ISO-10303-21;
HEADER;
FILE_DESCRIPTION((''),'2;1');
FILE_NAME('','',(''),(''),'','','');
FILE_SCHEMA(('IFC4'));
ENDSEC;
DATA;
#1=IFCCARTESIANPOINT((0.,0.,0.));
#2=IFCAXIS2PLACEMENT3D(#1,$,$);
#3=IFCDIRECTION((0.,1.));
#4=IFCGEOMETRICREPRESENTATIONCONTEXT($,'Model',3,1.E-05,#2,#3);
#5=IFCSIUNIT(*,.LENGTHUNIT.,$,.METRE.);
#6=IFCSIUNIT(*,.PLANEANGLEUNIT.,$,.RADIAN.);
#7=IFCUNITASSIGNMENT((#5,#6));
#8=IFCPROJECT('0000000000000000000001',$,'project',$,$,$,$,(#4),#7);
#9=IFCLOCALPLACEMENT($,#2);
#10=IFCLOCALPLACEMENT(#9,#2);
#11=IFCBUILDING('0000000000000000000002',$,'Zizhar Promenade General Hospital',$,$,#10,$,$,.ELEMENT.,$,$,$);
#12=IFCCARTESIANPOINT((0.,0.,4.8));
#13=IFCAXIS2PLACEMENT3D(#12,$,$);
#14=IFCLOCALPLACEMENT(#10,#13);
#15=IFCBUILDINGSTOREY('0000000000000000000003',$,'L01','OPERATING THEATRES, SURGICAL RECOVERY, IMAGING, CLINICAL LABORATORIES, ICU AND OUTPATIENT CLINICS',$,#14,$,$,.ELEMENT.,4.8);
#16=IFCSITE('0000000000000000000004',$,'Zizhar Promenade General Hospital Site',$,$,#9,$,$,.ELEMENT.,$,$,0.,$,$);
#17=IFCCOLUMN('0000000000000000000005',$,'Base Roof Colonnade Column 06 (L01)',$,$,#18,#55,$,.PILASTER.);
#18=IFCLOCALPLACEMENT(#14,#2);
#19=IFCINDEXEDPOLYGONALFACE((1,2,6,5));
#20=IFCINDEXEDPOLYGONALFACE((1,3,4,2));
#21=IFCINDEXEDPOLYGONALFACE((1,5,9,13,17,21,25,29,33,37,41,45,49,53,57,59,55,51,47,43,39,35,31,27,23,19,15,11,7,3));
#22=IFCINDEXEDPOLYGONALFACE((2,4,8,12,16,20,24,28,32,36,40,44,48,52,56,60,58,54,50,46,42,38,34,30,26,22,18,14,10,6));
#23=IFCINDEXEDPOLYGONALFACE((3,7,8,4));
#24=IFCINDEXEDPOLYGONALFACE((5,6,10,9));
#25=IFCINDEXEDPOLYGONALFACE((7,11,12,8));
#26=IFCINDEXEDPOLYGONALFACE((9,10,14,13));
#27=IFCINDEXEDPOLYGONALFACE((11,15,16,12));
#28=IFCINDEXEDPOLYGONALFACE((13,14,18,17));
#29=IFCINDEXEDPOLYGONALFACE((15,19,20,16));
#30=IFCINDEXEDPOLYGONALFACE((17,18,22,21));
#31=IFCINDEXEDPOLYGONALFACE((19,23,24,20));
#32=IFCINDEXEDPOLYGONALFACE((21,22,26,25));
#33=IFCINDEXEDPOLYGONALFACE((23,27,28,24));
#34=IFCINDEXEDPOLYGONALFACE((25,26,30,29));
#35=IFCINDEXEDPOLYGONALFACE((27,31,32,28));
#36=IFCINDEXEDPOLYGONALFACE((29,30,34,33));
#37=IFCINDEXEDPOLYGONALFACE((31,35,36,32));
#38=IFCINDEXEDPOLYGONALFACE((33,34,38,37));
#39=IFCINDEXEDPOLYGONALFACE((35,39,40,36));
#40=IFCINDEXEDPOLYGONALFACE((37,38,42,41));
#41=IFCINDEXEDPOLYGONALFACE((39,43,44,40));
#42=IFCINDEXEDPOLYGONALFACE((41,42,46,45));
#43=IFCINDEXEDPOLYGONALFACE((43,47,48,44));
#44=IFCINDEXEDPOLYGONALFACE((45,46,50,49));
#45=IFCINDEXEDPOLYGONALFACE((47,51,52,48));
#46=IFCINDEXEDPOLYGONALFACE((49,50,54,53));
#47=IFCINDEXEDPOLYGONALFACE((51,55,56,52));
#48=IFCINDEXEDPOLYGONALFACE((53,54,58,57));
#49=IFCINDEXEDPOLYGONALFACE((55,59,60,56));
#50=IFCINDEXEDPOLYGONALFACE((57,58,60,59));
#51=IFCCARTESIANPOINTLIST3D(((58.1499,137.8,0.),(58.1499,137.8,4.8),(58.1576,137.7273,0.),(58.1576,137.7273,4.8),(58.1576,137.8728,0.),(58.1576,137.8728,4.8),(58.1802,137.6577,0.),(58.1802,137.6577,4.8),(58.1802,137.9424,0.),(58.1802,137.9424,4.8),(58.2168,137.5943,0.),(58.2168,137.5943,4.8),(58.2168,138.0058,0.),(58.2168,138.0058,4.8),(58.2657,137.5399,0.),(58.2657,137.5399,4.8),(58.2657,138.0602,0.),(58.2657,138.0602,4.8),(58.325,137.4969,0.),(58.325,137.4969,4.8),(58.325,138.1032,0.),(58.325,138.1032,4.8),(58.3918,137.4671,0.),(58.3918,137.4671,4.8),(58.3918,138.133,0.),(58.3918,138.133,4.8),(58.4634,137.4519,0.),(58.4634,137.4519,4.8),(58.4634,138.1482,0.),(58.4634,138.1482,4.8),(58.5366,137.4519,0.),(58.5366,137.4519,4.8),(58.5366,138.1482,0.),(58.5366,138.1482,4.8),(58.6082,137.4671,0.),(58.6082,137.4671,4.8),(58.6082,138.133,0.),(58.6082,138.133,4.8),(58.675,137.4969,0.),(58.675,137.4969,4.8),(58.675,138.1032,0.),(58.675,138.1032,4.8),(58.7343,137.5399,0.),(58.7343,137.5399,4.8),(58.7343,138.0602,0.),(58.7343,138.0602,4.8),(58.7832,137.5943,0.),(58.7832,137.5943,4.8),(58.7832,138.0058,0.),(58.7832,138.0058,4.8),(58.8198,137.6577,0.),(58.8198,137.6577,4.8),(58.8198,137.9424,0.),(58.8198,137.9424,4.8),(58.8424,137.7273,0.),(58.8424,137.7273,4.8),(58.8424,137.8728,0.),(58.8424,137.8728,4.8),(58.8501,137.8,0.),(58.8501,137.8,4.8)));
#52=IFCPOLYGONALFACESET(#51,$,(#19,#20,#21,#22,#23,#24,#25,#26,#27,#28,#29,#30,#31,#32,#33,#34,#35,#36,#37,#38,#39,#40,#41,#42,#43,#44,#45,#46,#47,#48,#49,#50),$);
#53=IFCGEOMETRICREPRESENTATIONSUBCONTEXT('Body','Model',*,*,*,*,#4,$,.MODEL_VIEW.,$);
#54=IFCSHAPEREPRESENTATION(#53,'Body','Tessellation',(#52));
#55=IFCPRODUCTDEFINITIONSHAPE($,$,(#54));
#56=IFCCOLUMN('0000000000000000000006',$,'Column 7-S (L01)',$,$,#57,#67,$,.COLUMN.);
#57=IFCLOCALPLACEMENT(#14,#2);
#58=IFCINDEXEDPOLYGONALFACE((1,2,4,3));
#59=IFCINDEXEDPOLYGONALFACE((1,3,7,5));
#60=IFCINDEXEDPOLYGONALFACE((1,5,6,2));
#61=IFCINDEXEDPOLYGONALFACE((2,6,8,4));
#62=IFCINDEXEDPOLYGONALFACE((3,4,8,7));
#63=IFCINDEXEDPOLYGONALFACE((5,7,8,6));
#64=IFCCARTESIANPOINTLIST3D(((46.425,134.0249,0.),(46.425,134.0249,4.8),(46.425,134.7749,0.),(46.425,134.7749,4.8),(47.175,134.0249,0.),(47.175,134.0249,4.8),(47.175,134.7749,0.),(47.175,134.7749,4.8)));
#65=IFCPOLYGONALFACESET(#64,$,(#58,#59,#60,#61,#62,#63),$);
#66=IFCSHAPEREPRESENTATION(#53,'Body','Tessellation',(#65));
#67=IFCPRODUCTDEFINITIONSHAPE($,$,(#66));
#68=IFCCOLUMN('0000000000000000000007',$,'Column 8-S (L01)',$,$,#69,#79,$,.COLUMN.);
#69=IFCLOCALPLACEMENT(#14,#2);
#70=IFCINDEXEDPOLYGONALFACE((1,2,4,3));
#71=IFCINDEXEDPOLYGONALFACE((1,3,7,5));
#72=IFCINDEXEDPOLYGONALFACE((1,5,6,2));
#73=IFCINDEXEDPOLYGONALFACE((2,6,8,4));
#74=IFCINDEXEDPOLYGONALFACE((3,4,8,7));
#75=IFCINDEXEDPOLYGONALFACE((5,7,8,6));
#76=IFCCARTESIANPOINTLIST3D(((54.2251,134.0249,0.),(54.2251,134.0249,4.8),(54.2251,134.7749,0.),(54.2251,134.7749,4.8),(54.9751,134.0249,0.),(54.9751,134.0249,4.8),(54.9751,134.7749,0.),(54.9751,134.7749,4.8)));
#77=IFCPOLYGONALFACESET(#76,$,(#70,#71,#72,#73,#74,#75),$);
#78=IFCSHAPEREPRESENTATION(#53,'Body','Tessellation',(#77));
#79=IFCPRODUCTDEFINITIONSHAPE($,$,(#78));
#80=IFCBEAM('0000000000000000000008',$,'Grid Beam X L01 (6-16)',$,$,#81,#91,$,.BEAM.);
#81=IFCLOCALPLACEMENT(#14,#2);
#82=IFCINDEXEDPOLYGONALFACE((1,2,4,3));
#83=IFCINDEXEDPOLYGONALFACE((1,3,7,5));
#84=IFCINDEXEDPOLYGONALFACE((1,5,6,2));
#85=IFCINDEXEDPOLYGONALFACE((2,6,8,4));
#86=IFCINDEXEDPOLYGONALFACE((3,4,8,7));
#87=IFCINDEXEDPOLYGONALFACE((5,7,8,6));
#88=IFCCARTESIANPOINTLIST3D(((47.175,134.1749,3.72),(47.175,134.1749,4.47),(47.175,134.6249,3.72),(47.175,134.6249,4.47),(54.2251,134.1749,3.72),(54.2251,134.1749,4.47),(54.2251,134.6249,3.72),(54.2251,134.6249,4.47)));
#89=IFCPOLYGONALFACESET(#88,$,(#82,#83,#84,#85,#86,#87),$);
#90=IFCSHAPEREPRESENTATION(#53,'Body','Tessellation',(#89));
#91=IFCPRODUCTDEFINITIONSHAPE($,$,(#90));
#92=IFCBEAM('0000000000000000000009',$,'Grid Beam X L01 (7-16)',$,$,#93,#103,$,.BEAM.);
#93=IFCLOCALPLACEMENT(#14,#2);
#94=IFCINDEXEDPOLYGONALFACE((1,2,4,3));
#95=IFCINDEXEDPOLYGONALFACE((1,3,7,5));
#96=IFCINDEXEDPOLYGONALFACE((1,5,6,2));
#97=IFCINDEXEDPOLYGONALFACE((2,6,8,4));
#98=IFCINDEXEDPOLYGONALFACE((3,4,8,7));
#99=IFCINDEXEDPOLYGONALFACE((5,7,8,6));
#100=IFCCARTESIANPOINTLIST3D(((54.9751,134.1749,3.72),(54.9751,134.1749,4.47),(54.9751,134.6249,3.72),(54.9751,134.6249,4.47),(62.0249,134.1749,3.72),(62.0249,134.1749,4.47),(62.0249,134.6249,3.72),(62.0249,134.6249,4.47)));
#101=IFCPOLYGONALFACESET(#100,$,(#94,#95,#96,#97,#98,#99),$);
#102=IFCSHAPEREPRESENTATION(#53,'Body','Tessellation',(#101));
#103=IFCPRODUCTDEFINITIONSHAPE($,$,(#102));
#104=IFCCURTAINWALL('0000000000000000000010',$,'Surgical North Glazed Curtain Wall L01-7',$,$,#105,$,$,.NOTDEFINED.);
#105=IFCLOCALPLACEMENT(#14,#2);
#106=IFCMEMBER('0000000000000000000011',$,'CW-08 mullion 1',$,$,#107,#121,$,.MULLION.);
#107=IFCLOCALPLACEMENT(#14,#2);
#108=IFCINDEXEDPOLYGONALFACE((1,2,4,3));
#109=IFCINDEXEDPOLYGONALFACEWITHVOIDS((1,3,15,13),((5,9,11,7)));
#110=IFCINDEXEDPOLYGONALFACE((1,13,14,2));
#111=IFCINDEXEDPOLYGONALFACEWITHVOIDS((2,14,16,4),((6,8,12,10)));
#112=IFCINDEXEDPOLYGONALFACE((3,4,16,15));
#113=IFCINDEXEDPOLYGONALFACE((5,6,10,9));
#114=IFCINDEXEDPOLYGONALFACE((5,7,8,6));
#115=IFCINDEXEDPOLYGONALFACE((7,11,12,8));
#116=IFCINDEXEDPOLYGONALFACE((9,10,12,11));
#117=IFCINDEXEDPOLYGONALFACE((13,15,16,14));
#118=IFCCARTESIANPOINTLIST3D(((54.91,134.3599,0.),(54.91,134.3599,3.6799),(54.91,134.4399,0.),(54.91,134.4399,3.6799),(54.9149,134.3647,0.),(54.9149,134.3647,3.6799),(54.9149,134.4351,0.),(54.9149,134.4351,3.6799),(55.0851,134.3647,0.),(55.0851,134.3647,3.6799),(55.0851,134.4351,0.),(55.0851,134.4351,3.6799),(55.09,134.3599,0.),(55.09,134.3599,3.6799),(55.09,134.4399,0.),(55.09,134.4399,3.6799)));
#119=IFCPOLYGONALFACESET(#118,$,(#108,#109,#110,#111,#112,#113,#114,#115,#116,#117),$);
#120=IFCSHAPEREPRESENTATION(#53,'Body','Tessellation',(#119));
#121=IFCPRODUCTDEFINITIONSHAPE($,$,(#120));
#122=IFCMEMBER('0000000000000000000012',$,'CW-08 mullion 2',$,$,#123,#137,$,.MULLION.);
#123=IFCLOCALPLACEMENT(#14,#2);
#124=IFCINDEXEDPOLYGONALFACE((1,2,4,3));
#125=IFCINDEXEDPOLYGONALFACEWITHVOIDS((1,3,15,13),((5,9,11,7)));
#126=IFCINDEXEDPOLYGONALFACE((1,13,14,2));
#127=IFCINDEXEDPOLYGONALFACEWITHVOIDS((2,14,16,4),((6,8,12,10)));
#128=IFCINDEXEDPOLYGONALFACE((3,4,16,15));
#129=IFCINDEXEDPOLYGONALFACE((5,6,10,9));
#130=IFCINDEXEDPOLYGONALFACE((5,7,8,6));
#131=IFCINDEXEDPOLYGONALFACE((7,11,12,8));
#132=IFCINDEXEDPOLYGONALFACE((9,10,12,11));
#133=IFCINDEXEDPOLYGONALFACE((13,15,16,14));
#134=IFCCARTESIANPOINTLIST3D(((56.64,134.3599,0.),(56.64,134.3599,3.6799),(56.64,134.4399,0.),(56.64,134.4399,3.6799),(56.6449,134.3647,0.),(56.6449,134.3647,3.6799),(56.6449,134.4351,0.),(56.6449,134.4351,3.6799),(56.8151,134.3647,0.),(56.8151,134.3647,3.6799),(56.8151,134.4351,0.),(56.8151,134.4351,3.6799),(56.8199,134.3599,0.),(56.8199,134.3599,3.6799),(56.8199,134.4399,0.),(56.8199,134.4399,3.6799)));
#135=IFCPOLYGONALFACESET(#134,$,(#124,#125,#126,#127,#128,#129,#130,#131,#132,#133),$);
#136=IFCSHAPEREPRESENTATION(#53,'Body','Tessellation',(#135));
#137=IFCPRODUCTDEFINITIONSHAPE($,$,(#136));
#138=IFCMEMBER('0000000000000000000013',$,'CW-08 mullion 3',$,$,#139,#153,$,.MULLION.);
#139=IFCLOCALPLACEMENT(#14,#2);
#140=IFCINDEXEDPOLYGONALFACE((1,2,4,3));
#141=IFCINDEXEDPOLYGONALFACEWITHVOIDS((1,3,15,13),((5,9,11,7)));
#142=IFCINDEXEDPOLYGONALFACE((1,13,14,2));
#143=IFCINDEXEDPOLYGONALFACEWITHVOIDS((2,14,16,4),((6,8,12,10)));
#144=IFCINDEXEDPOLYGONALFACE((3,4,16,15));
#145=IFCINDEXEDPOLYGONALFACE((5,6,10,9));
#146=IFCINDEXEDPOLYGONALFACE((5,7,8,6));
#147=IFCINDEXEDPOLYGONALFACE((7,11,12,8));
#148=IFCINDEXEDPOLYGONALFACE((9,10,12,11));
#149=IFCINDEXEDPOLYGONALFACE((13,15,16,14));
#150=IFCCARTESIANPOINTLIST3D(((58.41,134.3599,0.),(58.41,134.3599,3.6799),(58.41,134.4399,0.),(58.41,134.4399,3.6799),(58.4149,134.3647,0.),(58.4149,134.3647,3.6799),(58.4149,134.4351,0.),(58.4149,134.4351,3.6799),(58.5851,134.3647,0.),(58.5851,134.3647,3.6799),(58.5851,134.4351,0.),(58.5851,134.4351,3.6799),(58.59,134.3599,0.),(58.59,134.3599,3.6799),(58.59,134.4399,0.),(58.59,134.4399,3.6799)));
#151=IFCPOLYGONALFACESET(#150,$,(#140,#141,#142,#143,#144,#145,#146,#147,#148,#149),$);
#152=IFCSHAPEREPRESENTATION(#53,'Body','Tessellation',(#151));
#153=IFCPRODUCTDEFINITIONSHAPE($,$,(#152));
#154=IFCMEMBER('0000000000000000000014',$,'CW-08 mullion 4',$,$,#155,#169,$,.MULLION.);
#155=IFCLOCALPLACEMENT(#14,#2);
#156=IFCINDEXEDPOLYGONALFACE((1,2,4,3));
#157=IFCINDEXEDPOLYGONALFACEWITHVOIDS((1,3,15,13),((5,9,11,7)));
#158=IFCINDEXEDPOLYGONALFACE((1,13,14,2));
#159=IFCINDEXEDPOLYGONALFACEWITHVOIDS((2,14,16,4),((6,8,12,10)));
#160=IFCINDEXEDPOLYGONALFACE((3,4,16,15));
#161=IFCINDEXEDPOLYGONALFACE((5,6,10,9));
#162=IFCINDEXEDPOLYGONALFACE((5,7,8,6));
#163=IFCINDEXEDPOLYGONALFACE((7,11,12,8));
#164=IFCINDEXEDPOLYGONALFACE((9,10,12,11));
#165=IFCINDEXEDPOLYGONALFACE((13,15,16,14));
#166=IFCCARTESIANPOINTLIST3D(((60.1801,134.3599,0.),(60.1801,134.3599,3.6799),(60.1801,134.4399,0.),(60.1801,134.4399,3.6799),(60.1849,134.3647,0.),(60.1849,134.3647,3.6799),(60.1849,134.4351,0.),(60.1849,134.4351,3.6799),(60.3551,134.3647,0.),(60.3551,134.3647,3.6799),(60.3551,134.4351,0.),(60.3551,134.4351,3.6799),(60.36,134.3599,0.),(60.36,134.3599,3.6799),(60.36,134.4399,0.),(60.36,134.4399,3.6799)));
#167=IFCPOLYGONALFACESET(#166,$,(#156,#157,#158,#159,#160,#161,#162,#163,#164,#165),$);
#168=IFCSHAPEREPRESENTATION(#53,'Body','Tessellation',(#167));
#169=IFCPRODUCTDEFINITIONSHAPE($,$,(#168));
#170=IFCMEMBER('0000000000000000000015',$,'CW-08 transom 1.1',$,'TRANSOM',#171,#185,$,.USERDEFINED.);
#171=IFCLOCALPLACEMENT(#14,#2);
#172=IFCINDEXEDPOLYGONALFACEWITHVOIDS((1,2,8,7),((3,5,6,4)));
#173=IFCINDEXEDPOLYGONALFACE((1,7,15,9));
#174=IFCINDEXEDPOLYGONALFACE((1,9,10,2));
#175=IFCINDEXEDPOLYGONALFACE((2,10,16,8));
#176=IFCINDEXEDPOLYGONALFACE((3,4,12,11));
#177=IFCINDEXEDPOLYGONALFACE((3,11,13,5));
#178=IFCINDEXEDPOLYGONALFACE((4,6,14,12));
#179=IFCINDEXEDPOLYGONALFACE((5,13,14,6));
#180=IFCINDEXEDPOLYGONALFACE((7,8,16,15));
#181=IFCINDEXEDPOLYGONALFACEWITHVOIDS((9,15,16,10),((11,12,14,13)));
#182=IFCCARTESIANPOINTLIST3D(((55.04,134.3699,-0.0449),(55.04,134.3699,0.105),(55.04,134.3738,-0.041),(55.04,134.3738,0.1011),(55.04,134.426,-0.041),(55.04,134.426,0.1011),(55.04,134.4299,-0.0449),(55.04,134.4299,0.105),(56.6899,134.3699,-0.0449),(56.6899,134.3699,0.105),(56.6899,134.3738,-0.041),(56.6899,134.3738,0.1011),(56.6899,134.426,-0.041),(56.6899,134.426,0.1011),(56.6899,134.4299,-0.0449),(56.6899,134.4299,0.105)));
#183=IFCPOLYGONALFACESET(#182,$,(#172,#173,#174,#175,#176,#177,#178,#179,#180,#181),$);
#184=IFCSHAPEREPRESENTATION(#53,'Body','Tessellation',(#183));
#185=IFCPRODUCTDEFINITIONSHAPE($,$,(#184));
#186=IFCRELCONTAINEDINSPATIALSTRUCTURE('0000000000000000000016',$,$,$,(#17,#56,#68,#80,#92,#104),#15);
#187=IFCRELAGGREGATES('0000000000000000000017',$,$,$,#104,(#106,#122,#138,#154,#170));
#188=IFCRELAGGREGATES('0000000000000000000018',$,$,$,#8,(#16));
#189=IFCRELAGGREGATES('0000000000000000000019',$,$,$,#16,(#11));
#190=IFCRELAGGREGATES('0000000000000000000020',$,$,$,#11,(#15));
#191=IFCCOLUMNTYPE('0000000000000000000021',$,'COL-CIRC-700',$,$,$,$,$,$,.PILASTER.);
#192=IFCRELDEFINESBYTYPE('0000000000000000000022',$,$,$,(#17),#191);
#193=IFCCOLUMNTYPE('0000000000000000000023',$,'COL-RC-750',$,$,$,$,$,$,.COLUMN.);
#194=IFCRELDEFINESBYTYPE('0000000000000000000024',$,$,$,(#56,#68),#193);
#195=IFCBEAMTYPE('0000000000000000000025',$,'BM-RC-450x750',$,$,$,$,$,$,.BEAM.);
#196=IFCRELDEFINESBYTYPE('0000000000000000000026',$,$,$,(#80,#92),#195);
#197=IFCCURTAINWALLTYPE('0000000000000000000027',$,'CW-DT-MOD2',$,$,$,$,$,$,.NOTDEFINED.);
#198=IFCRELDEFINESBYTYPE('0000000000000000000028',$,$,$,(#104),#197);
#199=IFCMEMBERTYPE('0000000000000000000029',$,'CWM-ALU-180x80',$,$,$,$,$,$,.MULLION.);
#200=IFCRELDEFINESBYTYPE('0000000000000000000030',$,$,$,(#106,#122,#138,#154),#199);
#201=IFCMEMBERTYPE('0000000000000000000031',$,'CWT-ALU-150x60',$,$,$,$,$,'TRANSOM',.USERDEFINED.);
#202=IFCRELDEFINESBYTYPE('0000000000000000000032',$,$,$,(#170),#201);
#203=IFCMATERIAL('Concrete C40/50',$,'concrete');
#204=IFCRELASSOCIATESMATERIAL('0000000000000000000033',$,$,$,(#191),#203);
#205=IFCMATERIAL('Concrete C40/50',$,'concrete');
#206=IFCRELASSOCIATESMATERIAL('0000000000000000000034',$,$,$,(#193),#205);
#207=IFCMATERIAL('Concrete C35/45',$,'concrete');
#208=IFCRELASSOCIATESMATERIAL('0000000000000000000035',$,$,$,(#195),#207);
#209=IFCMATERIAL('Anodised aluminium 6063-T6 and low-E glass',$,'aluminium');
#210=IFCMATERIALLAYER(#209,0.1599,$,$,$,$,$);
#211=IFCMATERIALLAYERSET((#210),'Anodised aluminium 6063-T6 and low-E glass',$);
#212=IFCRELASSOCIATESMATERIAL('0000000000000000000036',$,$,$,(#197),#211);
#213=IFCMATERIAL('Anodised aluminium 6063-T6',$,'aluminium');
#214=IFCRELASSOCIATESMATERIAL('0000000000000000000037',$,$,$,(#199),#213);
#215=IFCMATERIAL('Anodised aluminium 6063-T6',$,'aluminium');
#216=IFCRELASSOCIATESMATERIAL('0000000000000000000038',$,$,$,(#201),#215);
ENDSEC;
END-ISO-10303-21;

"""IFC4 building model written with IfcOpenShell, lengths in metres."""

from ifc_helpers import new_model, si_unit, direction, frame, origin, origin_2d, place, context, subcontext, project, spatial, rectangle, hollow_rectangle, circle, extrude, material, layer, layer_set, material_profile, profile_set, type_object, element, aggregate, save


model = new_model("IFC4")

# Units and contexts
model_context = context("Model", 3, precision=1e-05, world=origin(), true_north=direction((0.0, 1.0)))
body_context = subcontext(model_context, "Body", "Model", "MODEL_VIEW")
ifc_project = project(units=[si_unit("LENGTHUNIT", "METRE"), si_unit("PLANEANGLEUNIT", "RADIAN")], contexts=[model_context])

# Site, building, storey
site_placement = place(None, origin())
site = spatial("IfcSite", under=ifc_project, at=site_placement, Name="Zizhar Promenade General Hospital Site", CompositionType="ELEMENT", RefElevation=0.0)
building_placement = place(site_placement, origin())
building = spatial("IfcBuilding", under=site, at=building_placement, Name="Zizhar Promenade General Hospital", CompositionType="ELEMENT")
storey_placement = place(building_placement, frame((0.0, 0.0, 4.8)))
storey = spatial("IfcBuildingStorey", under=building, at=storey_placement, Name="L01", Description="OPERATING THEATRES, SURGICAL RECOVERY, IMAGING, CLINICAL LABORATORIES, ICU AND OUTPATIENT CLINICS", CompositionType="ELEMENT", Elevation=4.8)

# Columns
ifc_material_1 = material(Name="Concrete C40/50", Category="concrete")
ifc_material_profile_1 = material_profile(ifc_material_1, circle(Radius=0.3501, at=origin_2d()))
ifc_profile_set_1 = profile_set([ifc_material_profile_1], Name="Concrete C40/50")
column_type_1 = type_object("IfcColumnType", Name="COL-CIRC-700", PredefinedType="PILASTER", material=ifc_profile_set_1)
column_placement = place(storey_placement, frame((58.5, 137.8, 0.0), z_axis=(0.0, 0.0, 1.0), x_axis=(1.0, 0.0, 0.0)))
element("IfcColumn", 1, at=column_placement, inside=storey, type_object=column_type_1, Name="Base Roof Colonnade Column 06 (L01)", PredefinedType="PILASTER", context=body_context, shape_type="SweptSolid", body=[
    extrude(circle(Radius=0.3501, at=origin_2d()), origin(), (0.0, 0.0, 1.0), 4.8),
])
ifc_material_2 = material(Name="Concrete C40/50", Category="concrete")
ifc_material_profile_2 = material_profile(ifc_material_2, rectangle(XDim=0.75, YDim=0.75, at=origin_2d()))
ifc_profile_set_2 = profile_set([ifc_material_profile_2], Name="Concrete C40/50")
column_type_2 = type_object("IfcColumnType", Name="COL-RC-750", PredefinedType="COLUMN", material=ifc_profile_set_2)
for number, where, z_axis, x_axis, name in (
    (2, (46.8, 134.3999, 0.0), (0.0, 0.0, 1.0), (1.0, 0.0, 0.0), "Column 7-S (L01)"),
    (3, (54.6001, 134.3999, 0.0), (0.0, 0.0, 1.0), (1.0, 0.0, 0.0), "Column 8-S (L01)"),
):
    element("IfcColumn", number, at=place(storey_placement, frame(where, z_axis=z_axis, x_axis=x_axis)), inside=storey, type_object=column_type_2, Name=name, PredefinedType="COLUMN", context=body_context, shape_type="SweptSolid", body=[
        extrude(rectangle(XDim=0.75, YDim=0.75, at=origin_2d()), origin(), (0.0, 0.0, 1.0), 4.8),
    ])

# Beams
ifc_material_3 = material(Name="Concrete C35/45", Category="concrete")
ifc_material_profile_3 = material_profile(ifc_material_3, rectangle(XDim=0.45, YDim=0.75, at=origin_2d()))
ifc_profile_set_3 = profile_set([ifc_material_profile_3], Name="Concrete C35/45")
beam_type = type_object("IfcBeamType", Name="BM-RC-450x750", PredefinedType="BEAM", material=ifc_profile_set_3)
beam_1_placement = place(storey_placement, frame((47.175, 134.3999, 4.095), z_axis=(1.0, 0.0, 0.0), x_axis=(0.0, 1.0, 0.0)))
element("IfcBeam", 4, at=beam_1_placement, inside=storey, type_object=beam_type, Name="Grid Beam X L01 (6-16)", PredefinedType="BEAM", context=body_context, shape_type="SweptSolid", body=[
    extrude(rectangle(XDim=0.45, YDim=0.75, at=origin_2d()), origin(), (0.0, 0.0, 1.0), 7.05),
])
beam_2_placement = place(storey_placement, frame((54.9751, 134.3999, 4.095), z_axis=(1.0, 0.0, 0.0), x_axis=(0.0, 1.0, 0.0)))
element("IfcBeam", 5, at=beam_2_placement, inside=storey, type_object=beam_type, Name="Grid Beam X L01 (7-16)", PredefinedType="BEAM", context=body_context, shape_type="SweptSolid", body=[
    extrude(rectangle(XDim=0.45, YDim=0.75, at=origin_2d()), origin(), (0.0, 0.0, 1.0), 7.0498),
])

# Curtain wall, members
ifc_material_4 = material(Name="Anodised aluminium 6063-T6 and low-E glass", Category="aluminium")
ifc_layer_1 = layer(ifc_material_4, 0.1599)
ifc_layer_set_1 = layer_set([ifc_layer_1], Name="Anodised aluminium 6063-T6 and low-E glass")
curtain_wall_type = type_object("IfcCurtainWallType", Name="CW-DT-MOD2", PredefinedType="NOTDEFINED", material=ifc_layer_set_1)
curtain_wall_placement = place(storey_placement, origin())
curtain_wall = element("IfcCurtainWall", 6, at=curtain_wall_placement, inside=storey, type_object=curtain_wall_type, Name="Surgical North Glazed Curtain Wall L01-7", PredefinedType="NOTDEFINED")
ifc_material_5 = material(Name="Anodised aluminium 6063-T6", Category="aluminium")
ifc_material_profile_4 = material_profile(ifc_material_5, hollow_rectangle(XDim=0.0801, YDim=0.1799, WallThickness=0.0049, at=origin_2d()))
ifc_profile_set_4 = profile_set([ifc_material_profile_4], Name="Anodised aluminium 6063-T6")
member_type_1 = type_object("IfcMemberType", Name="CWM-ALU-180x80", PredefinedType="MULLION", material=ifc_profile_set_4)
member_1_placement = place(storey_placement, frame((55.0, 134.3999, 0.0), z_axis=(0.0, 0.0, 1.0), x_axis=(0.0, 1.0, 0.0)))
member_1 = element("IfcMember", 7, at=member_1_placement, type_object=member_type_1, Name="CW-08 mullion 1", PredefinedType="MULLION", context=body_context, shape_type="SweptSolid", body=[
    extrude(hollow_rectangle(XDim=0.0801, YDim=0.1799, WallThickness=0.0049, at=origin_2d()), origin(), (0.0, 0.0, 1.0), 3.6799),
])
member_2_placement = place(storey_placement, frame((56.73, 134.3999, 0.0), z_axis=(0.0, 0.0, 1.0), x_axis=(0.0, 1.0, 0.0)))
member_2 = element("IfcMember", 8, at=member_2_placement, type_object=member_type_1, Name="CW-08 mullion 2", PredefinedType="MULLION", context=body_context, shape_type="SweptSolid", body=[
    extrude(hollow_rectangle(XDim=0.0801, YDim=0.1799, WallThickness=0.0049, at=origin_2d()), origin(), (0.0, 0.0, 1.0), 3.6799),
])
member_3_placement = place(storey_placement, frame((58.5, 134.3999, 0.0), z_axis=(0.0, 0.0, 1.0), x_axis=(0.0, 1.0, 0.0)))
member_3 = element("IfcMember", 9, at=member_3_placement, type_object=member_type_1, Name="CW-08 mullion 3", PredefinedType="MULLION", context=body_context, shape_type="SweptSolid", body=[
    extrude(hollow_rectangle(XDim=0.0801, YDim=0.1799, WallThickness=0.0049, at=origin_2d()), origin(), (0.0, 0.0, 1.0), 3.6799),
])
member_4_placement = place(storey_placement, frame((60.27, 134.3999, 0.0), z_axis=(0.0, 0.0, 1.0), x_axis=(0.0, 1.0, 0.0)))
member_4 = element("IfcMember", 10, at=member_4_placement, type_object=member_type_1, Name="CW-08 mullion 4", PredefinedType="MULLION", context=body_context, shape_type="SweptSolid", body=[
    extrude(hollow_rectangle(XDim=0.0801, YDim=0.1799, WallThickness=0.0049, at=origin_2d()), origin(), (0.0, 0.0, 1.0), 3.6799),
])
ifc_material_6 = material(Name="Anodised aluminium 6063-T6", Category="aluminium")
ifc_material_profile_5 = material_profile(ifc_material_6, hollow_rectangle(XDim=0.0601, YDim=0.1499, WallThickness=0.0039, at=origin_2d()))
ifc_profile_set_5 = profile_set([ifc_material_profile_5], Name="Anodised aluminium 6063-T6")
member_type_2 = type_object("IfcMemberType", Name="CWT-ALU-150x60", ElementType="TRANSOM", PredefinedType="USERDEFINED", material=ifc_profile_set_5)
member_5_placement = place(storey_placement, frame((55.04, 134.3999, 0.03), z_axis=(1.0, 0.0, 0.0), x_axis=(0.0, 1.0, 0.0)))
member_5 = element("IfcMember", 11, at=member_5_placement, type_object=member_type_2, Name="CW-08 transom 1.1", ObjectType="TRANSOM", PredefinedType="USERDEFINED", context=body_context, shape_type="SweptSolid", body=[
    extrude(hollow_rectangle(XDim=0.0601, YDim=0.1499, WallThickness=0.0039, at=origin_2d()), origin(), (0.0, 0.0, 1.0), 1.6499),
])
aggregate(curtain_wall, [member_1, member_2, member_3, member_4, member_5])

save(model, "model.ifc")
